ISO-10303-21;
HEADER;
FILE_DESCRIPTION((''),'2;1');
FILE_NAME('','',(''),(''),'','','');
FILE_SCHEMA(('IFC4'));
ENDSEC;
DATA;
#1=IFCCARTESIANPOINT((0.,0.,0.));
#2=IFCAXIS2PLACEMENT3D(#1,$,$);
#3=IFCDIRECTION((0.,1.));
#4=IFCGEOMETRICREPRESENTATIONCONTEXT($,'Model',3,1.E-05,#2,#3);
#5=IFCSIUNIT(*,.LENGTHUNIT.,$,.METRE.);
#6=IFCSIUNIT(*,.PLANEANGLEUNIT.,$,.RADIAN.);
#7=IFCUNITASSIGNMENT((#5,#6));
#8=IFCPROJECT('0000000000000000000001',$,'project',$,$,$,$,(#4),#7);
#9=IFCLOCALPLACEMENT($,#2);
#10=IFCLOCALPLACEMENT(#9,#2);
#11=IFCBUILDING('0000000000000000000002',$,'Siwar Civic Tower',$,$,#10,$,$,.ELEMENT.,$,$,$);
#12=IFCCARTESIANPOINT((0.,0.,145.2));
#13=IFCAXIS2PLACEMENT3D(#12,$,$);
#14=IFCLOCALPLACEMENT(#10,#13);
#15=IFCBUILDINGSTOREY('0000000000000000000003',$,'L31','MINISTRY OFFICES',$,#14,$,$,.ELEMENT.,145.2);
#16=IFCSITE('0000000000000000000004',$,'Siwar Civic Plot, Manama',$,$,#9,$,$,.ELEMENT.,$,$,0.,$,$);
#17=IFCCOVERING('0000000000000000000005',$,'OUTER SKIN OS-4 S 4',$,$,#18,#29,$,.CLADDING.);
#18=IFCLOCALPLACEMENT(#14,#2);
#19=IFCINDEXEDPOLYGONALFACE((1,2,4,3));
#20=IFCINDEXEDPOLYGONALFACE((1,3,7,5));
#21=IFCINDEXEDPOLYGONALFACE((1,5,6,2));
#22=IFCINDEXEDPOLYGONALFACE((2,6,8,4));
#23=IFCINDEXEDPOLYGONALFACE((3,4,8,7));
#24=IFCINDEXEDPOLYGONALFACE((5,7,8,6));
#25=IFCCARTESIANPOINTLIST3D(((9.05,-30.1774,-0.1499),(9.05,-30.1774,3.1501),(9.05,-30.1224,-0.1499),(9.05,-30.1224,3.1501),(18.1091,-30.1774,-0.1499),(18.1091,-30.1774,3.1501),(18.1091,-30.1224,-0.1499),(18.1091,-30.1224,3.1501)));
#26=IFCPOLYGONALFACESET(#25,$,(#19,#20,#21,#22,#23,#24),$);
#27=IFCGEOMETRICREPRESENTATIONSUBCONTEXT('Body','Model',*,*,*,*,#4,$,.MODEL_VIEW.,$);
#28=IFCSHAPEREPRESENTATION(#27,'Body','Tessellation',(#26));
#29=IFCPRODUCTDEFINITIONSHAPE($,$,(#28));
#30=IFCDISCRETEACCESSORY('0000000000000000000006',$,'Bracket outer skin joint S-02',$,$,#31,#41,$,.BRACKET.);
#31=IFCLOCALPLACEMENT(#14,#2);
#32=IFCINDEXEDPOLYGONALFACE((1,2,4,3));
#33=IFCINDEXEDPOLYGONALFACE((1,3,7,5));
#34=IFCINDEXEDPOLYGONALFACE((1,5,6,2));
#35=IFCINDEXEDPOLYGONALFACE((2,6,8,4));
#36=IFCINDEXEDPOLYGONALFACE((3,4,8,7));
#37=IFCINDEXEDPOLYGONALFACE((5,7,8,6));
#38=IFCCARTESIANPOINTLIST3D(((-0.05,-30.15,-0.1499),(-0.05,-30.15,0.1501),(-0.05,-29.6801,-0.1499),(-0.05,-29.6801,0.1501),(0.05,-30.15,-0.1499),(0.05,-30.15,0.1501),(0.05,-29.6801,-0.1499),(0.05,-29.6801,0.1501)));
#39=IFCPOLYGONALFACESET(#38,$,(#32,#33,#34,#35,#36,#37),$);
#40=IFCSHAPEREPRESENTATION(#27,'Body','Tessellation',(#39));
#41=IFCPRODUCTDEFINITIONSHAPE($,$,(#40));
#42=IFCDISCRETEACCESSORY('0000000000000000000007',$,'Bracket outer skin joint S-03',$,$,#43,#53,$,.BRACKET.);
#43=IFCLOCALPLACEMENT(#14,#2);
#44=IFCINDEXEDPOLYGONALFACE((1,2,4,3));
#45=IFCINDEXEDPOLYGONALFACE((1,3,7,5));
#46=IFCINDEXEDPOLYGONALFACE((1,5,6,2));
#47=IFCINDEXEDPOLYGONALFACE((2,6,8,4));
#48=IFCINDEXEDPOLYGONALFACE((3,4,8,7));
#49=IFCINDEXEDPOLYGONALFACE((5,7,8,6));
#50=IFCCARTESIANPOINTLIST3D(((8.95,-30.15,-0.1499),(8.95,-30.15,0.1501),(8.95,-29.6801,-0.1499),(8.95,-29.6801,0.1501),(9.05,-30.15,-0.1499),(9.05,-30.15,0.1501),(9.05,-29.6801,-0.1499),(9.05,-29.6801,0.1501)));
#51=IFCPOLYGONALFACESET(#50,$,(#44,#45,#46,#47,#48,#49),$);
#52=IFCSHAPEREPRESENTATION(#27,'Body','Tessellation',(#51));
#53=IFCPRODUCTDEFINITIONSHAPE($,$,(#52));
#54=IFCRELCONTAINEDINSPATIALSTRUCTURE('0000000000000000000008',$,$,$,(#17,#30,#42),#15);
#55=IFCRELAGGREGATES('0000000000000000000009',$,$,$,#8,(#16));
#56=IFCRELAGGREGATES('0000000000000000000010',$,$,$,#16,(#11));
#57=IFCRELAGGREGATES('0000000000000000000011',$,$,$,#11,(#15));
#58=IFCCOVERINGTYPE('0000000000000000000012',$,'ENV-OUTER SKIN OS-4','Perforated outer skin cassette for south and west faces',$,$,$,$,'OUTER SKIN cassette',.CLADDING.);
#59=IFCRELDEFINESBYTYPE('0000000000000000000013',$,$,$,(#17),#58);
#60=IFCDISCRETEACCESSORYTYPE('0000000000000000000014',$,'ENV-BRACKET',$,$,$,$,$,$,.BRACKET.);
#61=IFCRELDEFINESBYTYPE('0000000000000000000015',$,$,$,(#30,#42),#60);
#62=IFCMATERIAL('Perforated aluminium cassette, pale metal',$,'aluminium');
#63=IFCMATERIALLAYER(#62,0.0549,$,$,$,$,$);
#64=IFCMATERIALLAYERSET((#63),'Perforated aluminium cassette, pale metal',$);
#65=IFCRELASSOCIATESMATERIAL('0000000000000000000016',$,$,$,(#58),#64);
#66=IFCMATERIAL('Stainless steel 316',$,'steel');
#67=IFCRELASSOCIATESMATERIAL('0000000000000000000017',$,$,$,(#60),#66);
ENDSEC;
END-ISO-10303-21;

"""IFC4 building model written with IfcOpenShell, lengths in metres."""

from ifc_helpers import new_model, si_unit, direction, frame, origin, origin_2d, place, context, subcontext, project, spatial, rectangle, extrude, material, layer, layer_set, type_object, element, save


model = new_model("IFC4")

# Units and contexts
model_context = context("Model", 3, precision=1e-05, world=origin(), true_north=direction((0.0, 1.0)))
body_context = subcontext(model_context, "Body", "Model", "MODEL_VIEW")
ifc_project = project(units=[si_unit("LENGTHUNIT", "METRE"), si_unit("PLANEANGLEUNIT", "RADIAN")], contexts=[model_context])

# Site, building, storey
site_placement = place(None, origin())
site = spatial("IfcSite", under=ifc_project, at=site_placement, Name="Siwar Civic Plot, Manama", CompositionType="ELEMENT", RefElevation=0.0)
building_placement = place(site_placement, origin())
building = spatial("IfcBuilding", under=site, at=building_placement, Name="Siwar Civic Tower", CompositionType="ELEMENT")
storey_placement = place(building_placement, frame((0.0, 0.0, 145.2)))
storey = spatial("IfcBuildingStorey", under=building, at=storey_placement, Name="L31", Description="MINISTRY OFFICES", CompositionType="ELEMENT", Elevation=145.2)

# Covering
ifc_material_1 = material(Name="Perforated aluminium cassette, pale metal", Category="aluminium")
ifc_layer_1 = layer(ifc_material_1, 0.0549)
ifc_layer_set_1 = layer_set([ifc_layer_1], Name="Perforated aluminium cassette, pale metal")
covering_type = type_object("IfcCoveringType", Name="ENV-OUTER SKIN OS-4", Description="Perforated outer skin cassette for south and west faces", ElementType="OUTER SKIN cassette", PredefinedType="CLADDING", material=ifc_layer_set_1)
covering_1_placement = place(storey_placement, frame((13.5796, -30.1499, -0.1499), z_axis=(0.0, 0.0, 1.0), x_axis=(1.0, 0.0, 0.0)))
element("IfcCovering", 1, at=covering_1_placement, inside=storey, type_object=covering_type, Name="OUTER SKIN OS-4 S 4", PredefinedType="CLADDING", context=body_context, shape_type="SweptSolid", body=[
    extrude(rectangle(XDim=9.0591, YDim=0.0549, at=origin_2d()), origin(), (0.0, 0.0, 1.0), 3.3),
])

# Discrete accessories
ifc_material_2 = material(Name="Stainless steel 316", Category="steel")
discrete_accessory_type = type_object("IfcDiscreteAccessoryType", Name="ENV-BRACKET", PredefinedType="BRACKET", material=ifc_material_2)
for number, where, z_axis, x_axis, name in (
    (2, (0.0, -29.915, -0.1499), (0.0, 0.0, 1.0), (0.0, -1.0, 0.0), "Bracket outer skin joint S-02"),
    (3, (9.0, -29.915, -0.1499), (0.0, 0.0, 1.0), (0.0, -1.0, 0.0), "Bracket outer skin joint S-03"),
):
    element("IfcDiscreteAccessory", number, at=place(storey_placement, frame(where, z_axis=z_axis, x_axis=x_axis)), inside=storey, type_object=discrete_accessory_type, Name=name, PredefinedType="BRACKET", context=body_context, shape_type="SweptSolid", body=[
        extrude(rectangle(XDim=0.47, YDim=0.1001, at=origin_2d()), origin(), (0.0, 0.0, 1.0), 0.3),
    ])

save(model, "model.ifc")
